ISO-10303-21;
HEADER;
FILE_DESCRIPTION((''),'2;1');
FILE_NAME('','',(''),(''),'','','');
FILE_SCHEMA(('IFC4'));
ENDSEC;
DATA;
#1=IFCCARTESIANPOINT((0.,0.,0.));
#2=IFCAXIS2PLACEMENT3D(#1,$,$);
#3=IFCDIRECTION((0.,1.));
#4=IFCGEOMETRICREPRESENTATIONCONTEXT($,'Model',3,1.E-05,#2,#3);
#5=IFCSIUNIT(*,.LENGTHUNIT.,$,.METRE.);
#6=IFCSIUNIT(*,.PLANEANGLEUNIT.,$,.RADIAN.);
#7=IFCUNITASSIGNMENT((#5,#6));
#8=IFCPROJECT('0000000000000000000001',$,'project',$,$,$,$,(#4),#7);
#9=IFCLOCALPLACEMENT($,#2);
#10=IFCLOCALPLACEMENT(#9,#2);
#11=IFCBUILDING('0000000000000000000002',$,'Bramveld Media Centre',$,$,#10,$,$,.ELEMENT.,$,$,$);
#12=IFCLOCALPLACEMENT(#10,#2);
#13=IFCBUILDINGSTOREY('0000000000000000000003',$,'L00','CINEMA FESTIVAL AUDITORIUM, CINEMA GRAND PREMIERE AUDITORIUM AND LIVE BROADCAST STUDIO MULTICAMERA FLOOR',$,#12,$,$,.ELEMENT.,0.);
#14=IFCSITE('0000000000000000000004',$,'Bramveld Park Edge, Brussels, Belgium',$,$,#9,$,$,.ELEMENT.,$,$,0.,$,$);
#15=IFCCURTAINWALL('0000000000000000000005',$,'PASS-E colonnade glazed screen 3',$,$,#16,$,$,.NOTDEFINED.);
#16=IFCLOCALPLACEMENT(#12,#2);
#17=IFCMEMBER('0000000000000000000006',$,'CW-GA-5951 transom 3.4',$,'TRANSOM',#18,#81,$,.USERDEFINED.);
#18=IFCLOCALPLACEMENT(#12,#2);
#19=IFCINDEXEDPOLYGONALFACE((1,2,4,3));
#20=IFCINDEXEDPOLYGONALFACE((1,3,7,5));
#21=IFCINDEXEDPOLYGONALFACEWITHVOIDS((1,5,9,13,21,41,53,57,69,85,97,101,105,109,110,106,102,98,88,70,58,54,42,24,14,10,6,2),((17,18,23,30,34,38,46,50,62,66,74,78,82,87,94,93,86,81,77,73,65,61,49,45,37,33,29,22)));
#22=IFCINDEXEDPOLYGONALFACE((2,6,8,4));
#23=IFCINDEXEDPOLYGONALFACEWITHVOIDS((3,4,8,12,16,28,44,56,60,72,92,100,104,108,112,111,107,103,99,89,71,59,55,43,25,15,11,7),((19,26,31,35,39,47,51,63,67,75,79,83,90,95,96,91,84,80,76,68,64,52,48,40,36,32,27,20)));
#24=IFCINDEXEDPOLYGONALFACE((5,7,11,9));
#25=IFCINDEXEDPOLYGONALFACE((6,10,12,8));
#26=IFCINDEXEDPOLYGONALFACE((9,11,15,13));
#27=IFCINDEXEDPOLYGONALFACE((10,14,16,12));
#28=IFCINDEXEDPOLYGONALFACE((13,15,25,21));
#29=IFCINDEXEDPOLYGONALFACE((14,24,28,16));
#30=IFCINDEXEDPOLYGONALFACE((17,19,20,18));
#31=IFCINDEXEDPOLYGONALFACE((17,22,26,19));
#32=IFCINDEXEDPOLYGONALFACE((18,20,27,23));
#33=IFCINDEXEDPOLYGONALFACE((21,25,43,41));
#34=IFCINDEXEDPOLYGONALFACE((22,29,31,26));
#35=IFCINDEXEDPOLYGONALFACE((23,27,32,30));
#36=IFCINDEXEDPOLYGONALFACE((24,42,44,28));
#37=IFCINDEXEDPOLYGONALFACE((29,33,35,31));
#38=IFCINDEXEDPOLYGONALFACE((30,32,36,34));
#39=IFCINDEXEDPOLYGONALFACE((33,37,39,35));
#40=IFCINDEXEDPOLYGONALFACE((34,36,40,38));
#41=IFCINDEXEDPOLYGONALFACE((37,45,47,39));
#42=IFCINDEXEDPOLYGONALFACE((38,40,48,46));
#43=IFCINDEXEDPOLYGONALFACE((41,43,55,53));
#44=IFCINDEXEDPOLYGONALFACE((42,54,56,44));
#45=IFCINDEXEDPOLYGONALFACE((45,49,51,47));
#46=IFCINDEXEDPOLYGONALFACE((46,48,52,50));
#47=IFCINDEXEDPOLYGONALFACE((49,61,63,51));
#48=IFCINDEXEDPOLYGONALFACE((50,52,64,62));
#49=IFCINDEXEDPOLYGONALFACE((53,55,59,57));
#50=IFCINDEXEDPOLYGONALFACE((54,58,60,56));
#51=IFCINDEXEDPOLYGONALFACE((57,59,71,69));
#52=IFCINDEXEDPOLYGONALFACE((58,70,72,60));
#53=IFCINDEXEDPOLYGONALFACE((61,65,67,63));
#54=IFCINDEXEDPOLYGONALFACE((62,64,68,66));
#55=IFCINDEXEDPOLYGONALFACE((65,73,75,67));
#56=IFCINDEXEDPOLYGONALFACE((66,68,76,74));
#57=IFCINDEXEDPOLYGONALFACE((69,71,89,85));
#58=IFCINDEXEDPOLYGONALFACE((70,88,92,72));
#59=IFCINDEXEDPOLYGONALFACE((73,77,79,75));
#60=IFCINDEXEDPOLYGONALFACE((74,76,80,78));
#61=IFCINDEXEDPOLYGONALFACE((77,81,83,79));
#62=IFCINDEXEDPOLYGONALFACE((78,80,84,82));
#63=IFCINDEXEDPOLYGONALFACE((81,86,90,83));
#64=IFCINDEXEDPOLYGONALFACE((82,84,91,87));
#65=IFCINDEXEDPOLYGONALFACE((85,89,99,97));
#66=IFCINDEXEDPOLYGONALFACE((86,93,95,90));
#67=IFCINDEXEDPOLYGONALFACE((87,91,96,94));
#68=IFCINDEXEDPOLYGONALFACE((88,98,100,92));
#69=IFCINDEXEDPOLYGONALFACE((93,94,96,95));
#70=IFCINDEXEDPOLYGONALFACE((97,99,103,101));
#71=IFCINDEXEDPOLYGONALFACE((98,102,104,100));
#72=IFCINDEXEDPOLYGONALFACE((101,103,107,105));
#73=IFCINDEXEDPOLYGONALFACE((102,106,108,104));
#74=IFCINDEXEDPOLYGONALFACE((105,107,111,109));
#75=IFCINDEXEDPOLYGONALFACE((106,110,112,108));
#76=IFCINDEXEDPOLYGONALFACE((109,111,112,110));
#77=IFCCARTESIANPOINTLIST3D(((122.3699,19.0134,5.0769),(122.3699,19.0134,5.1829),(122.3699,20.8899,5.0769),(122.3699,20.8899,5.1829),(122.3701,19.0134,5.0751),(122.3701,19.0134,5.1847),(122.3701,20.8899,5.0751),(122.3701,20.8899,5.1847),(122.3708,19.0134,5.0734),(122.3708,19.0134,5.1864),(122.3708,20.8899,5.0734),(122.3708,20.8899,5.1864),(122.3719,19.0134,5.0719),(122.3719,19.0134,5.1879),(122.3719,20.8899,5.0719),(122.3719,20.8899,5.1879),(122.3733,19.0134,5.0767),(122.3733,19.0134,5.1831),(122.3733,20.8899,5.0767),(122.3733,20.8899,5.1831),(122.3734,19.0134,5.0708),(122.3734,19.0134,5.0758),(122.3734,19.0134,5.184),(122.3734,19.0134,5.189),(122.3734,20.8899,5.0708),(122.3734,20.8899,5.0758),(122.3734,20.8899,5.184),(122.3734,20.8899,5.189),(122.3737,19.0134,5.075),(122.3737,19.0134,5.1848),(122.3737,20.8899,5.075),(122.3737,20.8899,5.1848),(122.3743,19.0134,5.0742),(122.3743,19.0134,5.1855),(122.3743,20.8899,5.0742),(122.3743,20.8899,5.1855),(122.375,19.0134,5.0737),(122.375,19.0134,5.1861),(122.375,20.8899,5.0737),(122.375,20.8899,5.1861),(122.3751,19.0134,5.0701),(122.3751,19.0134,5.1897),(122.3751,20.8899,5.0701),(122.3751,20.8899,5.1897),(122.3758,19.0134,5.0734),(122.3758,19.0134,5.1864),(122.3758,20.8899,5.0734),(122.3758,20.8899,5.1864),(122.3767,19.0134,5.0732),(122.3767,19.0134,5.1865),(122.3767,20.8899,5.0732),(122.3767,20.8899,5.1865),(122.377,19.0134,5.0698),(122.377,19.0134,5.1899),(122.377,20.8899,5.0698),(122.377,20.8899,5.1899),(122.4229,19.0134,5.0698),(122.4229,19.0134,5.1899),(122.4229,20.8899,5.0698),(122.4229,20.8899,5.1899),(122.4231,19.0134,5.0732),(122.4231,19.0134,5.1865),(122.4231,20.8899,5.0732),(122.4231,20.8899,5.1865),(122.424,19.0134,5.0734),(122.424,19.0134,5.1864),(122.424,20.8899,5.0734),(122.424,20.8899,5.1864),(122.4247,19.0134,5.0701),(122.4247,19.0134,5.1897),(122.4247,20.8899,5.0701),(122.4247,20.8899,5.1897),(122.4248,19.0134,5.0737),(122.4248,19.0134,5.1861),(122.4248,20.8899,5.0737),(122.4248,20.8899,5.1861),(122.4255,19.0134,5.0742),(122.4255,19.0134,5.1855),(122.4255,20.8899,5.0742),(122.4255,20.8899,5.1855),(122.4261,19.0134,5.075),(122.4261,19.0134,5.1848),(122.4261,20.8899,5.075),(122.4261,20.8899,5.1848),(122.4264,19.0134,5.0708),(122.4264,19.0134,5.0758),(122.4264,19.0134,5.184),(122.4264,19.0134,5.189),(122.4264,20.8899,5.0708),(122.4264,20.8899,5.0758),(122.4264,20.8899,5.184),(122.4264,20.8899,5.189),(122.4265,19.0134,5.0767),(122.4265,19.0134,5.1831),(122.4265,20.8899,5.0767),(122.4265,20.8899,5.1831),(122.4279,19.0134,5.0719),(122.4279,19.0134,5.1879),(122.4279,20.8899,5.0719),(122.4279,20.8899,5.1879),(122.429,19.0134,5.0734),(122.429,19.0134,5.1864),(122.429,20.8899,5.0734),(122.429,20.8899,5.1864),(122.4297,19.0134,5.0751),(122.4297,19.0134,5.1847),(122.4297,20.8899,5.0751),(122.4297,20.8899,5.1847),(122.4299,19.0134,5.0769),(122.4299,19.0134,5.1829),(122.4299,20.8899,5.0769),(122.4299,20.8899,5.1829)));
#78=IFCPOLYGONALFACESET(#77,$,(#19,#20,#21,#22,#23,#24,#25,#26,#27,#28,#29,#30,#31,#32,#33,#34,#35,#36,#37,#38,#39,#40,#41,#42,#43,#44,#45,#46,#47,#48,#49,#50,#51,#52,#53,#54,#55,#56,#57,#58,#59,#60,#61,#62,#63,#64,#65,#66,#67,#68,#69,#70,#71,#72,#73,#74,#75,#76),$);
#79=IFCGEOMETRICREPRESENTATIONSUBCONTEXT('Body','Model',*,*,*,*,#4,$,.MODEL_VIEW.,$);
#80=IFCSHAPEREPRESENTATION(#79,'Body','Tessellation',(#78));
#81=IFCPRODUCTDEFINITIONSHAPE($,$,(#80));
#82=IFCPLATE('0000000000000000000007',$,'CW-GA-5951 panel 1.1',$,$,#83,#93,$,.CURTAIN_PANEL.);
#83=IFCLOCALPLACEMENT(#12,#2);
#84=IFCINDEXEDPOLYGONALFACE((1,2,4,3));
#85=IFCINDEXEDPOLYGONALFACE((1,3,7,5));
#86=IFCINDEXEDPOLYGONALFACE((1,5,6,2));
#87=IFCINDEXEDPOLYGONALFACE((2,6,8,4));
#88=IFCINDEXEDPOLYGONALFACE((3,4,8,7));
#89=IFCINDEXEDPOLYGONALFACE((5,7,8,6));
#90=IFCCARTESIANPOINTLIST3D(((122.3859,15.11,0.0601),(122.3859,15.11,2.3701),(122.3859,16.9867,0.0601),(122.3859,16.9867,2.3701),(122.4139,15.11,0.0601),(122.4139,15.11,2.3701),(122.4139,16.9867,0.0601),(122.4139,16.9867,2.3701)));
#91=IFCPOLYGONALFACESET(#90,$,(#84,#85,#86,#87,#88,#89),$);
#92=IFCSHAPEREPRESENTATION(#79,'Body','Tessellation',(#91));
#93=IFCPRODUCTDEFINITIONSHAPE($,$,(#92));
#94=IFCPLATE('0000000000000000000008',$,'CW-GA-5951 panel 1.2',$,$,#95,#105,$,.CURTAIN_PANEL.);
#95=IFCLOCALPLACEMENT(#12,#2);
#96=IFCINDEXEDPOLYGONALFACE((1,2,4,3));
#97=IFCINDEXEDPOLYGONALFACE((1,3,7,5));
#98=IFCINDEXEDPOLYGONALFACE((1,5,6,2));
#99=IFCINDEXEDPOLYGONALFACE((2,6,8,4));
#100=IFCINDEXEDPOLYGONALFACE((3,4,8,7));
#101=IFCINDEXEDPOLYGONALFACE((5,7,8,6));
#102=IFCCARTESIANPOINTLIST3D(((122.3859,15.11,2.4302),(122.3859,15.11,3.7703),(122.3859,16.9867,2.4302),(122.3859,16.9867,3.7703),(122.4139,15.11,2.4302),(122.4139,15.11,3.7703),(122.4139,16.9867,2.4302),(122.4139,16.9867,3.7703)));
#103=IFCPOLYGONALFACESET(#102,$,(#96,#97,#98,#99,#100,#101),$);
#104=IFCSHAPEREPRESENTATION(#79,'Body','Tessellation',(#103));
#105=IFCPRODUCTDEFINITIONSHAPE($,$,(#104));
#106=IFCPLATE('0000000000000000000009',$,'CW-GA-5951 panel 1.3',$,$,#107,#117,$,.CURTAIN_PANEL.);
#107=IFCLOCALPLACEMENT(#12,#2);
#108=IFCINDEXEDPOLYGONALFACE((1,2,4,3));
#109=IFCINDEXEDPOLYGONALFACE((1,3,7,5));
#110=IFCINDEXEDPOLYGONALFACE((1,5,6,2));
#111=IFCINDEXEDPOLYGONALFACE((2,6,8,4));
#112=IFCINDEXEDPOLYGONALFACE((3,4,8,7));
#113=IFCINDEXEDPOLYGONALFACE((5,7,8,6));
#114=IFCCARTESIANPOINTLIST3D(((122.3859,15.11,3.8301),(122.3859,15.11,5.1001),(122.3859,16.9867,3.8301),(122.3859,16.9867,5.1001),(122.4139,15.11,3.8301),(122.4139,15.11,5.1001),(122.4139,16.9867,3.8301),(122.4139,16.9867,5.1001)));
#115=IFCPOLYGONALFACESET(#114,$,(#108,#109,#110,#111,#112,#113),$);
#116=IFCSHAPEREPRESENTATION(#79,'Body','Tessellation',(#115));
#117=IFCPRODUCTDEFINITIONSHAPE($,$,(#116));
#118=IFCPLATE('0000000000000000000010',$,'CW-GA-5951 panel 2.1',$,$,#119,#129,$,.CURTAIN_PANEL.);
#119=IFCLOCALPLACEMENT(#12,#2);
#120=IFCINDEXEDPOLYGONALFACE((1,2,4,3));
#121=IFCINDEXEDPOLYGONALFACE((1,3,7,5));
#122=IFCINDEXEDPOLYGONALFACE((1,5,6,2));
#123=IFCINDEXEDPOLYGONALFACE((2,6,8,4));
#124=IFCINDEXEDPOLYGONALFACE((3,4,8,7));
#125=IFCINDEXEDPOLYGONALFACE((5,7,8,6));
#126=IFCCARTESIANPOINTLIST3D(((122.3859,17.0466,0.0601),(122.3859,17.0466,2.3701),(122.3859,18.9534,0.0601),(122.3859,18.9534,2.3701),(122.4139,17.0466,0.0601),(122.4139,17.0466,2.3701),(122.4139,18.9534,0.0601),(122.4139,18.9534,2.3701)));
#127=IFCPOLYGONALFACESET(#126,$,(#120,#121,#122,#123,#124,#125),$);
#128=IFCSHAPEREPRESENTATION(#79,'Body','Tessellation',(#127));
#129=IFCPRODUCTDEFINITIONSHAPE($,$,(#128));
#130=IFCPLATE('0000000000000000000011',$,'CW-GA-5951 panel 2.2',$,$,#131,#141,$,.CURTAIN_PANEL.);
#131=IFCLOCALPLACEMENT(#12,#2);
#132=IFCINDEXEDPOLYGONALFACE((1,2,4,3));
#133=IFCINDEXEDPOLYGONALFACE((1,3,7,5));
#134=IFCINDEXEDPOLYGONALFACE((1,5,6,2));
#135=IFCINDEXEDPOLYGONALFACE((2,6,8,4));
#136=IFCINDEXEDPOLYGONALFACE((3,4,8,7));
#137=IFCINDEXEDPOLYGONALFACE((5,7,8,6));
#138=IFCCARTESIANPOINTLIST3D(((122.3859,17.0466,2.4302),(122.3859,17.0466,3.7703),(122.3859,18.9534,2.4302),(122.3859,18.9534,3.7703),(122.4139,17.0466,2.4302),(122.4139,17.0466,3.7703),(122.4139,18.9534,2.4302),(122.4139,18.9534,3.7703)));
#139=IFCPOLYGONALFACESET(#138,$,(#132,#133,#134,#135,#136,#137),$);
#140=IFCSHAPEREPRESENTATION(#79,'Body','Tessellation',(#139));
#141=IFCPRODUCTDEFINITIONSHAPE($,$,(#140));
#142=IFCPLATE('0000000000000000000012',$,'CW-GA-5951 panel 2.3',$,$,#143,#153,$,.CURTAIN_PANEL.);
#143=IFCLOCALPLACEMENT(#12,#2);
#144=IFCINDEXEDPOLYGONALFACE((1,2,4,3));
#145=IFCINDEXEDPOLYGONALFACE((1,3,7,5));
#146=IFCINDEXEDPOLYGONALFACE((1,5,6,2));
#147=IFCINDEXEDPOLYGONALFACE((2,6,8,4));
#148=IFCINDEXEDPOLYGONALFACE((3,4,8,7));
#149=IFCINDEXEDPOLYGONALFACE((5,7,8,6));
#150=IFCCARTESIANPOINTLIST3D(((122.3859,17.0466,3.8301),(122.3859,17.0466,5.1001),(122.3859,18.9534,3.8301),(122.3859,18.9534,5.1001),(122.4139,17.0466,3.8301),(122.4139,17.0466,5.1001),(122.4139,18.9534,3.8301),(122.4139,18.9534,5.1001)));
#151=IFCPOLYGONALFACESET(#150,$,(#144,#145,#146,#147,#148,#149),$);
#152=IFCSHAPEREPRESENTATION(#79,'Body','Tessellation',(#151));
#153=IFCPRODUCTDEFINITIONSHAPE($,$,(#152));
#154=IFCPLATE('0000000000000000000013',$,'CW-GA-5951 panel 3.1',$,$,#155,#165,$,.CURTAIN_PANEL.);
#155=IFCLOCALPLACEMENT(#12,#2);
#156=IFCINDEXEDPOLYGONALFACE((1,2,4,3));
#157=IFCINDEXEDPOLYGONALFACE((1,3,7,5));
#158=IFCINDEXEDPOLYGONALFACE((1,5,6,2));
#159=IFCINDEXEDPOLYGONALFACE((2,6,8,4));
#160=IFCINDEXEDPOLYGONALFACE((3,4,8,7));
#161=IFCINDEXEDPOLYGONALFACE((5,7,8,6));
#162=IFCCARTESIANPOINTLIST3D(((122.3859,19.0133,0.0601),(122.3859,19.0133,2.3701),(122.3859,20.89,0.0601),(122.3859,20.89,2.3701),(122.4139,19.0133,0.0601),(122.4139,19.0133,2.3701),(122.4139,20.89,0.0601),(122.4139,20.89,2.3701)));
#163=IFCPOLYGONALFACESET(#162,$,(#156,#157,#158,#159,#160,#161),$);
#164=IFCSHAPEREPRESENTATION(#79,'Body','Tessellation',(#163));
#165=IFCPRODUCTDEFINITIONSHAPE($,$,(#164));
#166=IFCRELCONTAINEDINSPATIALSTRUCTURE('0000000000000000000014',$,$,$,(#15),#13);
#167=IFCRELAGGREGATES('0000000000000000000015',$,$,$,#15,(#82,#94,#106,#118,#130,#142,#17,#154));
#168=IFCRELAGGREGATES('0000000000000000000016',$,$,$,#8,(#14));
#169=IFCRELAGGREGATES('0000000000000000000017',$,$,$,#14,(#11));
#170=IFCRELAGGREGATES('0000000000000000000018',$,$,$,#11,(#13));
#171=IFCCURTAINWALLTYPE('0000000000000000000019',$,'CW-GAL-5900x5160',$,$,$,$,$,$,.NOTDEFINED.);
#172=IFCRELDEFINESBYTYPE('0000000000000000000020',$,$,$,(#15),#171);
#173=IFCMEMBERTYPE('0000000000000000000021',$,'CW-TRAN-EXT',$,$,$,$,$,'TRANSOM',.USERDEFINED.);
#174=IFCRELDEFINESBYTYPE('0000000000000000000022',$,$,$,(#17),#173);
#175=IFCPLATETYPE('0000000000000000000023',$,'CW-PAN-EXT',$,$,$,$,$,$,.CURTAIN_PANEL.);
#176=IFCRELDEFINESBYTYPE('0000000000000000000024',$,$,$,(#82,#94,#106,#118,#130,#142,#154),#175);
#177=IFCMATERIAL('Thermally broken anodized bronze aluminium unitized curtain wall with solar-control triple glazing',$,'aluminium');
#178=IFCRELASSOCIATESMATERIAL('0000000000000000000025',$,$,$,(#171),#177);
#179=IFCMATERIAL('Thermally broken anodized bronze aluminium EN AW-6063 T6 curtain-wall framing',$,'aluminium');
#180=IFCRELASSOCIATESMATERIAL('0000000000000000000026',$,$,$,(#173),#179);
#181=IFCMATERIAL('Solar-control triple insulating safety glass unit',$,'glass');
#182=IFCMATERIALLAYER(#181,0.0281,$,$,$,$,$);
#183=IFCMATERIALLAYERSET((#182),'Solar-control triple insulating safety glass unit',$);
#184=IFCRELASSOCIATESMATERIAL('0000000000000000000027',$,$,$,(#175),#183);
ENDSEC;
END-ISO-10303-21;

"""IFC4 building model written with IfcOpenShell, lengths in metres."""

from ifc_helpers import new_model, si_unit, direction, frame, origin, origin_2d, place, context, subcontext, project, spatial, rectangle, hollow_rectangle, extrude, material, layer, layer_set, material_profile, profile_set, type_object, element, aggregate, save


model = new_model("IFC4")

# Units and contexts
model_context = context("Model", 3, precision=1e-05, world=origin(), true_north=direction((0.0, 1.0)))
body_context = subcontext(model_context, "Body", "Model", "MODEL_VIEW")
ifc_project = project(units=[si_unit("LENGTHUNIT", "METRE"), si_unit("PLANEANGLEUNIT", "RADIAN")], contexts=[model_context])

# Site, building, storey
site_placement = place(None, origin())
site = spatial("IfcSite", under=ifc_project, at=site_placement, Name="Bramveld Park Edge, Brussels, Belgium", CompositionType="ELEMENT", RefElevation=0.0)
building_placement = place(site_placement, origin())
building = spatial("IfcBuilding", under=site, at=building_placement, Name="Bramveld Media Centre", CompositionType="ELEMENT")
storey_placement = place(building_placement, origin())
storey = spatial("IfcBuildingStorey", under=building, at=storey_placement, Name="L00", Description="CINEMA FESTIVAL AUDITORIUM, CINEMA GRAND PREMIERE AUDITORIUM AND LIVE BROADCAST STUDIO MULTICAMERA FLOOR", CompositionType="ELEMENT", Elevation=0.0)

# Curtain wall, member, plates
ifc_material_1 = material(Name="Thermally broken anodized bronze aluminium unitized curtain wall with solar-control triple glazing", Category="aluminium")
curtain_wall_type = type_object("IfcCurtainWallType", Name="CW-GAL-5900x5160", PredefinedType="NOTDEFINED", material=ifc_material_1)
curtain_wall_placement = place(storey_placement, origin())
curtain_wall = element("IfcCurtainWall", 1, at=curtain_wall_placement, inside=storey, type_object=curtain_wall_type, Name="PASS-E colonnade glazed screen 3", PredefinedType="NOTDEFINED")
ifc_material_2 = material(Name="Thermally broken anodized bronze aluminium EN AW-6063 T6 curtain-wall framing", Category="aluminium")
ifc_material_profile_1 = material_profile(ifc_material_2, hollow_rectangle(XDim=0.0601, YDim=0.1201, WallThickness=0.0034, InnerFilletRadius=0.0034, OuterFilletRadius=0.0071, at=origin_2d()), Name="AL-TRAN 60x120")
ifc_profile_set_1 = profile_set([ifc_material_profile_1], Name="Thermally broken anodized bronze aluminium EN AW-6063 T6 curtain-wall framing")
member_type_1 = type_object("IfcMemberType", Name="CW-TRAN-EXT", ElementType="TRANSOM", PredefinedType="USERDEFINED", material=ifc_profile_set_1)
member_1_placement = place(storey_placement, frame((122.3999, 19.0134, 5.1299), z_axis=(0.0, 1.0, 0.0), x_axis=(-1.0, 0.0, 0.0)))
member_1 = element("IfcMember", 2, at=member_1_placement, type_object=member_type_1, Name="CW-GA-5951 transom 3.4", ObjectType="TRANSOM", PredefinedType="USERDEFINED", context=body_context, shape_type="SweptSolid", body=[
    extrude(hollow_rectangle(XDim=0.0601, YDim=0.1201, WallThickness=0.0034, InnerFilletRadius=0.0034, OuterFilletRadius=0.0071, at=origin_2d()), origin(), (0.0, 0.0, 1.0), 1.8765),
])
ifc_material_3 = material(Name="Solar-control triple insulating safety glass unit", Category="glass")
ifc_layer = layer(ifc_material_3, 0.0281)
ifc_layer_set = layer_set([ifc_layer], Name="Solar-control triple insulating safety glass unit")
plate_type = type_object("IfcPlateType", Name="CW-PAN-EXT", PredefinedType="CURTAIN_PANEL", material=ifc_layer_set)
plate_1_placement = place(storey_placement, frame((122.3999, 16.0483, 0.0601), z_axis=(0.0, 0.0, 1.0), x_axis=(0.0, 1.0, 0.0)))
plate_1 = element("IfcPlate", 3, at=plate_1_placement, type_object=plate_type, Name="CW-GA-5951 panel 1.1", PredefinedType="CURTAIN_PANEL", context=body_context, shape_type="SweptSolid", body=[
    extrude(rectangle(XDim=1.8767, YDim=0.0281, at=origin_2d()), origin(), (0.0, 0.0, 1.0), 2.3101),
])
plate_2_placement = place(storey_placement, frame((122.3999, 16.0483, 2.4302), z_axis=(0.0, 0.0, 1.0), x_axis=(0.0, 1.0, 0.0)))
plate_2 = element("IfcPlate", 4, at=plate_2_placement, type_object=plate_type, Name="CW-GA-5951 panel 1.2", PredefinedType="CURTAIN_PANEL", context=body_context, shape_type="SweptSolid", body=[
    extrude(rectangle(XDim=1.8767, YDim=0.0281, at=origin_2d()), origin(), (0.0, 0.0, 1.0), 1.3401),
])
plate_3_placement = place(storey_placement, frame((122.3999, 16.0483, 3.8301), z_axis=(0.0, 0.0, 1.0), x_axis=(0.0, 1.0, 0.0)))
plate_3 = element("IfcPlate", 5, at=plate_3_placement, type_object=plate_type, Name="CW-GA-5951 panel 1.3", PredefinedType="CURTAIN_PANEL", context=body_context, shape_type="SweptSolid", body=[
    extrude(rectangle(XDim=1.8767, YDim=0.0281, at=origin_2d()), origin(), (0.0, 0.0, 1.0), 1.27),
])
plate_4_placement = place(storey_placement, frame((122.3999, 18.0, 0.0601), z_axis=(0.0, 0.0, 1.0), x_axis=(0.0, 1.0, 0.0)))
plate_4 = element("IfcPlate", 6, at=plate_4_placement, type_object=plate_type, Name="CW-GA-5951 panel 2.1", PredefinedType="CURTAIN_PANEL", context=body_context, shape_type="SweptSolid", body=[
    extrude(rectangle(XDim=1.9067, YDim=0.0281, at=origin_2d()), origin(), (0.0, 0.0, 1.0), 2.3101),
])
plate_5_placement = place(storey_placement, frame((122.3999, 18.0, 2.4302), z_axis=(0.0, 0.0, 1.0), x_axis=(0.0, 1.0, 0.0)))
plate_5 = element("IfcPlate", 7, at=plate_5_placement, type_object=plate_type, Name="CW-GA-5951 panel 2.2", PredefinedType="CURTAIN_PANEL", context=body_context, shape_type="SweptSolid", body=[
    extrude(rectangle(XDim=1.9067, YDim=0.0281, at=origin_2d()), origin(), (0.0, 0.0, 1.0), 1.3401),
])
plate_6_placement = place(storey_placement, frame((122.3999, 18.0, 3.8301), z_axis=(0.0, 0.0, 1.0), x_axis=(0.0, 1.0, 0.0)))
plate_6 = element("IfcPlate", 8, at=plate_6_placement, type_object=plate_type, Name="CW-GA-5951 panel 2.3", PredefinedType="CURTAIN_PANEL", context=body_context, shape_type="SweptSolid", body=[
    extrude(rectangle(XDim=1.9067, YDim=0.0281, at=origin_2d()), origin(), (0.0, 0.0, 1.0), 1.27),
])
plate_7_placement = place(storey_placement, frame((122.3999, 19.9517, 0.0601), z_axis=(0.0, 0.0, 1.0), x_axis=(0.0, 1.0, 0.0)))
plate_7 = element("IfcPlate", 9, at=plate_7_placement, type_object=plate_type, Name="CW-GA-5951 panel 3.1", PredefinedType="CURTAIN_PANEL", context=body_context, shape_type="SweptSolid", body=[
    extrude(rectangle(XDim=1.8767, YDim=0.0281, at=origin_2d()), origin(), (0.0, 0.0, 1.0), 2.3101),
])
aggregate(curtain_wall, [plate_1, plate_2, plate_3, plate_4, plate_5, plate_6, member_1, plate_7])

save(model, "model.ifc")
